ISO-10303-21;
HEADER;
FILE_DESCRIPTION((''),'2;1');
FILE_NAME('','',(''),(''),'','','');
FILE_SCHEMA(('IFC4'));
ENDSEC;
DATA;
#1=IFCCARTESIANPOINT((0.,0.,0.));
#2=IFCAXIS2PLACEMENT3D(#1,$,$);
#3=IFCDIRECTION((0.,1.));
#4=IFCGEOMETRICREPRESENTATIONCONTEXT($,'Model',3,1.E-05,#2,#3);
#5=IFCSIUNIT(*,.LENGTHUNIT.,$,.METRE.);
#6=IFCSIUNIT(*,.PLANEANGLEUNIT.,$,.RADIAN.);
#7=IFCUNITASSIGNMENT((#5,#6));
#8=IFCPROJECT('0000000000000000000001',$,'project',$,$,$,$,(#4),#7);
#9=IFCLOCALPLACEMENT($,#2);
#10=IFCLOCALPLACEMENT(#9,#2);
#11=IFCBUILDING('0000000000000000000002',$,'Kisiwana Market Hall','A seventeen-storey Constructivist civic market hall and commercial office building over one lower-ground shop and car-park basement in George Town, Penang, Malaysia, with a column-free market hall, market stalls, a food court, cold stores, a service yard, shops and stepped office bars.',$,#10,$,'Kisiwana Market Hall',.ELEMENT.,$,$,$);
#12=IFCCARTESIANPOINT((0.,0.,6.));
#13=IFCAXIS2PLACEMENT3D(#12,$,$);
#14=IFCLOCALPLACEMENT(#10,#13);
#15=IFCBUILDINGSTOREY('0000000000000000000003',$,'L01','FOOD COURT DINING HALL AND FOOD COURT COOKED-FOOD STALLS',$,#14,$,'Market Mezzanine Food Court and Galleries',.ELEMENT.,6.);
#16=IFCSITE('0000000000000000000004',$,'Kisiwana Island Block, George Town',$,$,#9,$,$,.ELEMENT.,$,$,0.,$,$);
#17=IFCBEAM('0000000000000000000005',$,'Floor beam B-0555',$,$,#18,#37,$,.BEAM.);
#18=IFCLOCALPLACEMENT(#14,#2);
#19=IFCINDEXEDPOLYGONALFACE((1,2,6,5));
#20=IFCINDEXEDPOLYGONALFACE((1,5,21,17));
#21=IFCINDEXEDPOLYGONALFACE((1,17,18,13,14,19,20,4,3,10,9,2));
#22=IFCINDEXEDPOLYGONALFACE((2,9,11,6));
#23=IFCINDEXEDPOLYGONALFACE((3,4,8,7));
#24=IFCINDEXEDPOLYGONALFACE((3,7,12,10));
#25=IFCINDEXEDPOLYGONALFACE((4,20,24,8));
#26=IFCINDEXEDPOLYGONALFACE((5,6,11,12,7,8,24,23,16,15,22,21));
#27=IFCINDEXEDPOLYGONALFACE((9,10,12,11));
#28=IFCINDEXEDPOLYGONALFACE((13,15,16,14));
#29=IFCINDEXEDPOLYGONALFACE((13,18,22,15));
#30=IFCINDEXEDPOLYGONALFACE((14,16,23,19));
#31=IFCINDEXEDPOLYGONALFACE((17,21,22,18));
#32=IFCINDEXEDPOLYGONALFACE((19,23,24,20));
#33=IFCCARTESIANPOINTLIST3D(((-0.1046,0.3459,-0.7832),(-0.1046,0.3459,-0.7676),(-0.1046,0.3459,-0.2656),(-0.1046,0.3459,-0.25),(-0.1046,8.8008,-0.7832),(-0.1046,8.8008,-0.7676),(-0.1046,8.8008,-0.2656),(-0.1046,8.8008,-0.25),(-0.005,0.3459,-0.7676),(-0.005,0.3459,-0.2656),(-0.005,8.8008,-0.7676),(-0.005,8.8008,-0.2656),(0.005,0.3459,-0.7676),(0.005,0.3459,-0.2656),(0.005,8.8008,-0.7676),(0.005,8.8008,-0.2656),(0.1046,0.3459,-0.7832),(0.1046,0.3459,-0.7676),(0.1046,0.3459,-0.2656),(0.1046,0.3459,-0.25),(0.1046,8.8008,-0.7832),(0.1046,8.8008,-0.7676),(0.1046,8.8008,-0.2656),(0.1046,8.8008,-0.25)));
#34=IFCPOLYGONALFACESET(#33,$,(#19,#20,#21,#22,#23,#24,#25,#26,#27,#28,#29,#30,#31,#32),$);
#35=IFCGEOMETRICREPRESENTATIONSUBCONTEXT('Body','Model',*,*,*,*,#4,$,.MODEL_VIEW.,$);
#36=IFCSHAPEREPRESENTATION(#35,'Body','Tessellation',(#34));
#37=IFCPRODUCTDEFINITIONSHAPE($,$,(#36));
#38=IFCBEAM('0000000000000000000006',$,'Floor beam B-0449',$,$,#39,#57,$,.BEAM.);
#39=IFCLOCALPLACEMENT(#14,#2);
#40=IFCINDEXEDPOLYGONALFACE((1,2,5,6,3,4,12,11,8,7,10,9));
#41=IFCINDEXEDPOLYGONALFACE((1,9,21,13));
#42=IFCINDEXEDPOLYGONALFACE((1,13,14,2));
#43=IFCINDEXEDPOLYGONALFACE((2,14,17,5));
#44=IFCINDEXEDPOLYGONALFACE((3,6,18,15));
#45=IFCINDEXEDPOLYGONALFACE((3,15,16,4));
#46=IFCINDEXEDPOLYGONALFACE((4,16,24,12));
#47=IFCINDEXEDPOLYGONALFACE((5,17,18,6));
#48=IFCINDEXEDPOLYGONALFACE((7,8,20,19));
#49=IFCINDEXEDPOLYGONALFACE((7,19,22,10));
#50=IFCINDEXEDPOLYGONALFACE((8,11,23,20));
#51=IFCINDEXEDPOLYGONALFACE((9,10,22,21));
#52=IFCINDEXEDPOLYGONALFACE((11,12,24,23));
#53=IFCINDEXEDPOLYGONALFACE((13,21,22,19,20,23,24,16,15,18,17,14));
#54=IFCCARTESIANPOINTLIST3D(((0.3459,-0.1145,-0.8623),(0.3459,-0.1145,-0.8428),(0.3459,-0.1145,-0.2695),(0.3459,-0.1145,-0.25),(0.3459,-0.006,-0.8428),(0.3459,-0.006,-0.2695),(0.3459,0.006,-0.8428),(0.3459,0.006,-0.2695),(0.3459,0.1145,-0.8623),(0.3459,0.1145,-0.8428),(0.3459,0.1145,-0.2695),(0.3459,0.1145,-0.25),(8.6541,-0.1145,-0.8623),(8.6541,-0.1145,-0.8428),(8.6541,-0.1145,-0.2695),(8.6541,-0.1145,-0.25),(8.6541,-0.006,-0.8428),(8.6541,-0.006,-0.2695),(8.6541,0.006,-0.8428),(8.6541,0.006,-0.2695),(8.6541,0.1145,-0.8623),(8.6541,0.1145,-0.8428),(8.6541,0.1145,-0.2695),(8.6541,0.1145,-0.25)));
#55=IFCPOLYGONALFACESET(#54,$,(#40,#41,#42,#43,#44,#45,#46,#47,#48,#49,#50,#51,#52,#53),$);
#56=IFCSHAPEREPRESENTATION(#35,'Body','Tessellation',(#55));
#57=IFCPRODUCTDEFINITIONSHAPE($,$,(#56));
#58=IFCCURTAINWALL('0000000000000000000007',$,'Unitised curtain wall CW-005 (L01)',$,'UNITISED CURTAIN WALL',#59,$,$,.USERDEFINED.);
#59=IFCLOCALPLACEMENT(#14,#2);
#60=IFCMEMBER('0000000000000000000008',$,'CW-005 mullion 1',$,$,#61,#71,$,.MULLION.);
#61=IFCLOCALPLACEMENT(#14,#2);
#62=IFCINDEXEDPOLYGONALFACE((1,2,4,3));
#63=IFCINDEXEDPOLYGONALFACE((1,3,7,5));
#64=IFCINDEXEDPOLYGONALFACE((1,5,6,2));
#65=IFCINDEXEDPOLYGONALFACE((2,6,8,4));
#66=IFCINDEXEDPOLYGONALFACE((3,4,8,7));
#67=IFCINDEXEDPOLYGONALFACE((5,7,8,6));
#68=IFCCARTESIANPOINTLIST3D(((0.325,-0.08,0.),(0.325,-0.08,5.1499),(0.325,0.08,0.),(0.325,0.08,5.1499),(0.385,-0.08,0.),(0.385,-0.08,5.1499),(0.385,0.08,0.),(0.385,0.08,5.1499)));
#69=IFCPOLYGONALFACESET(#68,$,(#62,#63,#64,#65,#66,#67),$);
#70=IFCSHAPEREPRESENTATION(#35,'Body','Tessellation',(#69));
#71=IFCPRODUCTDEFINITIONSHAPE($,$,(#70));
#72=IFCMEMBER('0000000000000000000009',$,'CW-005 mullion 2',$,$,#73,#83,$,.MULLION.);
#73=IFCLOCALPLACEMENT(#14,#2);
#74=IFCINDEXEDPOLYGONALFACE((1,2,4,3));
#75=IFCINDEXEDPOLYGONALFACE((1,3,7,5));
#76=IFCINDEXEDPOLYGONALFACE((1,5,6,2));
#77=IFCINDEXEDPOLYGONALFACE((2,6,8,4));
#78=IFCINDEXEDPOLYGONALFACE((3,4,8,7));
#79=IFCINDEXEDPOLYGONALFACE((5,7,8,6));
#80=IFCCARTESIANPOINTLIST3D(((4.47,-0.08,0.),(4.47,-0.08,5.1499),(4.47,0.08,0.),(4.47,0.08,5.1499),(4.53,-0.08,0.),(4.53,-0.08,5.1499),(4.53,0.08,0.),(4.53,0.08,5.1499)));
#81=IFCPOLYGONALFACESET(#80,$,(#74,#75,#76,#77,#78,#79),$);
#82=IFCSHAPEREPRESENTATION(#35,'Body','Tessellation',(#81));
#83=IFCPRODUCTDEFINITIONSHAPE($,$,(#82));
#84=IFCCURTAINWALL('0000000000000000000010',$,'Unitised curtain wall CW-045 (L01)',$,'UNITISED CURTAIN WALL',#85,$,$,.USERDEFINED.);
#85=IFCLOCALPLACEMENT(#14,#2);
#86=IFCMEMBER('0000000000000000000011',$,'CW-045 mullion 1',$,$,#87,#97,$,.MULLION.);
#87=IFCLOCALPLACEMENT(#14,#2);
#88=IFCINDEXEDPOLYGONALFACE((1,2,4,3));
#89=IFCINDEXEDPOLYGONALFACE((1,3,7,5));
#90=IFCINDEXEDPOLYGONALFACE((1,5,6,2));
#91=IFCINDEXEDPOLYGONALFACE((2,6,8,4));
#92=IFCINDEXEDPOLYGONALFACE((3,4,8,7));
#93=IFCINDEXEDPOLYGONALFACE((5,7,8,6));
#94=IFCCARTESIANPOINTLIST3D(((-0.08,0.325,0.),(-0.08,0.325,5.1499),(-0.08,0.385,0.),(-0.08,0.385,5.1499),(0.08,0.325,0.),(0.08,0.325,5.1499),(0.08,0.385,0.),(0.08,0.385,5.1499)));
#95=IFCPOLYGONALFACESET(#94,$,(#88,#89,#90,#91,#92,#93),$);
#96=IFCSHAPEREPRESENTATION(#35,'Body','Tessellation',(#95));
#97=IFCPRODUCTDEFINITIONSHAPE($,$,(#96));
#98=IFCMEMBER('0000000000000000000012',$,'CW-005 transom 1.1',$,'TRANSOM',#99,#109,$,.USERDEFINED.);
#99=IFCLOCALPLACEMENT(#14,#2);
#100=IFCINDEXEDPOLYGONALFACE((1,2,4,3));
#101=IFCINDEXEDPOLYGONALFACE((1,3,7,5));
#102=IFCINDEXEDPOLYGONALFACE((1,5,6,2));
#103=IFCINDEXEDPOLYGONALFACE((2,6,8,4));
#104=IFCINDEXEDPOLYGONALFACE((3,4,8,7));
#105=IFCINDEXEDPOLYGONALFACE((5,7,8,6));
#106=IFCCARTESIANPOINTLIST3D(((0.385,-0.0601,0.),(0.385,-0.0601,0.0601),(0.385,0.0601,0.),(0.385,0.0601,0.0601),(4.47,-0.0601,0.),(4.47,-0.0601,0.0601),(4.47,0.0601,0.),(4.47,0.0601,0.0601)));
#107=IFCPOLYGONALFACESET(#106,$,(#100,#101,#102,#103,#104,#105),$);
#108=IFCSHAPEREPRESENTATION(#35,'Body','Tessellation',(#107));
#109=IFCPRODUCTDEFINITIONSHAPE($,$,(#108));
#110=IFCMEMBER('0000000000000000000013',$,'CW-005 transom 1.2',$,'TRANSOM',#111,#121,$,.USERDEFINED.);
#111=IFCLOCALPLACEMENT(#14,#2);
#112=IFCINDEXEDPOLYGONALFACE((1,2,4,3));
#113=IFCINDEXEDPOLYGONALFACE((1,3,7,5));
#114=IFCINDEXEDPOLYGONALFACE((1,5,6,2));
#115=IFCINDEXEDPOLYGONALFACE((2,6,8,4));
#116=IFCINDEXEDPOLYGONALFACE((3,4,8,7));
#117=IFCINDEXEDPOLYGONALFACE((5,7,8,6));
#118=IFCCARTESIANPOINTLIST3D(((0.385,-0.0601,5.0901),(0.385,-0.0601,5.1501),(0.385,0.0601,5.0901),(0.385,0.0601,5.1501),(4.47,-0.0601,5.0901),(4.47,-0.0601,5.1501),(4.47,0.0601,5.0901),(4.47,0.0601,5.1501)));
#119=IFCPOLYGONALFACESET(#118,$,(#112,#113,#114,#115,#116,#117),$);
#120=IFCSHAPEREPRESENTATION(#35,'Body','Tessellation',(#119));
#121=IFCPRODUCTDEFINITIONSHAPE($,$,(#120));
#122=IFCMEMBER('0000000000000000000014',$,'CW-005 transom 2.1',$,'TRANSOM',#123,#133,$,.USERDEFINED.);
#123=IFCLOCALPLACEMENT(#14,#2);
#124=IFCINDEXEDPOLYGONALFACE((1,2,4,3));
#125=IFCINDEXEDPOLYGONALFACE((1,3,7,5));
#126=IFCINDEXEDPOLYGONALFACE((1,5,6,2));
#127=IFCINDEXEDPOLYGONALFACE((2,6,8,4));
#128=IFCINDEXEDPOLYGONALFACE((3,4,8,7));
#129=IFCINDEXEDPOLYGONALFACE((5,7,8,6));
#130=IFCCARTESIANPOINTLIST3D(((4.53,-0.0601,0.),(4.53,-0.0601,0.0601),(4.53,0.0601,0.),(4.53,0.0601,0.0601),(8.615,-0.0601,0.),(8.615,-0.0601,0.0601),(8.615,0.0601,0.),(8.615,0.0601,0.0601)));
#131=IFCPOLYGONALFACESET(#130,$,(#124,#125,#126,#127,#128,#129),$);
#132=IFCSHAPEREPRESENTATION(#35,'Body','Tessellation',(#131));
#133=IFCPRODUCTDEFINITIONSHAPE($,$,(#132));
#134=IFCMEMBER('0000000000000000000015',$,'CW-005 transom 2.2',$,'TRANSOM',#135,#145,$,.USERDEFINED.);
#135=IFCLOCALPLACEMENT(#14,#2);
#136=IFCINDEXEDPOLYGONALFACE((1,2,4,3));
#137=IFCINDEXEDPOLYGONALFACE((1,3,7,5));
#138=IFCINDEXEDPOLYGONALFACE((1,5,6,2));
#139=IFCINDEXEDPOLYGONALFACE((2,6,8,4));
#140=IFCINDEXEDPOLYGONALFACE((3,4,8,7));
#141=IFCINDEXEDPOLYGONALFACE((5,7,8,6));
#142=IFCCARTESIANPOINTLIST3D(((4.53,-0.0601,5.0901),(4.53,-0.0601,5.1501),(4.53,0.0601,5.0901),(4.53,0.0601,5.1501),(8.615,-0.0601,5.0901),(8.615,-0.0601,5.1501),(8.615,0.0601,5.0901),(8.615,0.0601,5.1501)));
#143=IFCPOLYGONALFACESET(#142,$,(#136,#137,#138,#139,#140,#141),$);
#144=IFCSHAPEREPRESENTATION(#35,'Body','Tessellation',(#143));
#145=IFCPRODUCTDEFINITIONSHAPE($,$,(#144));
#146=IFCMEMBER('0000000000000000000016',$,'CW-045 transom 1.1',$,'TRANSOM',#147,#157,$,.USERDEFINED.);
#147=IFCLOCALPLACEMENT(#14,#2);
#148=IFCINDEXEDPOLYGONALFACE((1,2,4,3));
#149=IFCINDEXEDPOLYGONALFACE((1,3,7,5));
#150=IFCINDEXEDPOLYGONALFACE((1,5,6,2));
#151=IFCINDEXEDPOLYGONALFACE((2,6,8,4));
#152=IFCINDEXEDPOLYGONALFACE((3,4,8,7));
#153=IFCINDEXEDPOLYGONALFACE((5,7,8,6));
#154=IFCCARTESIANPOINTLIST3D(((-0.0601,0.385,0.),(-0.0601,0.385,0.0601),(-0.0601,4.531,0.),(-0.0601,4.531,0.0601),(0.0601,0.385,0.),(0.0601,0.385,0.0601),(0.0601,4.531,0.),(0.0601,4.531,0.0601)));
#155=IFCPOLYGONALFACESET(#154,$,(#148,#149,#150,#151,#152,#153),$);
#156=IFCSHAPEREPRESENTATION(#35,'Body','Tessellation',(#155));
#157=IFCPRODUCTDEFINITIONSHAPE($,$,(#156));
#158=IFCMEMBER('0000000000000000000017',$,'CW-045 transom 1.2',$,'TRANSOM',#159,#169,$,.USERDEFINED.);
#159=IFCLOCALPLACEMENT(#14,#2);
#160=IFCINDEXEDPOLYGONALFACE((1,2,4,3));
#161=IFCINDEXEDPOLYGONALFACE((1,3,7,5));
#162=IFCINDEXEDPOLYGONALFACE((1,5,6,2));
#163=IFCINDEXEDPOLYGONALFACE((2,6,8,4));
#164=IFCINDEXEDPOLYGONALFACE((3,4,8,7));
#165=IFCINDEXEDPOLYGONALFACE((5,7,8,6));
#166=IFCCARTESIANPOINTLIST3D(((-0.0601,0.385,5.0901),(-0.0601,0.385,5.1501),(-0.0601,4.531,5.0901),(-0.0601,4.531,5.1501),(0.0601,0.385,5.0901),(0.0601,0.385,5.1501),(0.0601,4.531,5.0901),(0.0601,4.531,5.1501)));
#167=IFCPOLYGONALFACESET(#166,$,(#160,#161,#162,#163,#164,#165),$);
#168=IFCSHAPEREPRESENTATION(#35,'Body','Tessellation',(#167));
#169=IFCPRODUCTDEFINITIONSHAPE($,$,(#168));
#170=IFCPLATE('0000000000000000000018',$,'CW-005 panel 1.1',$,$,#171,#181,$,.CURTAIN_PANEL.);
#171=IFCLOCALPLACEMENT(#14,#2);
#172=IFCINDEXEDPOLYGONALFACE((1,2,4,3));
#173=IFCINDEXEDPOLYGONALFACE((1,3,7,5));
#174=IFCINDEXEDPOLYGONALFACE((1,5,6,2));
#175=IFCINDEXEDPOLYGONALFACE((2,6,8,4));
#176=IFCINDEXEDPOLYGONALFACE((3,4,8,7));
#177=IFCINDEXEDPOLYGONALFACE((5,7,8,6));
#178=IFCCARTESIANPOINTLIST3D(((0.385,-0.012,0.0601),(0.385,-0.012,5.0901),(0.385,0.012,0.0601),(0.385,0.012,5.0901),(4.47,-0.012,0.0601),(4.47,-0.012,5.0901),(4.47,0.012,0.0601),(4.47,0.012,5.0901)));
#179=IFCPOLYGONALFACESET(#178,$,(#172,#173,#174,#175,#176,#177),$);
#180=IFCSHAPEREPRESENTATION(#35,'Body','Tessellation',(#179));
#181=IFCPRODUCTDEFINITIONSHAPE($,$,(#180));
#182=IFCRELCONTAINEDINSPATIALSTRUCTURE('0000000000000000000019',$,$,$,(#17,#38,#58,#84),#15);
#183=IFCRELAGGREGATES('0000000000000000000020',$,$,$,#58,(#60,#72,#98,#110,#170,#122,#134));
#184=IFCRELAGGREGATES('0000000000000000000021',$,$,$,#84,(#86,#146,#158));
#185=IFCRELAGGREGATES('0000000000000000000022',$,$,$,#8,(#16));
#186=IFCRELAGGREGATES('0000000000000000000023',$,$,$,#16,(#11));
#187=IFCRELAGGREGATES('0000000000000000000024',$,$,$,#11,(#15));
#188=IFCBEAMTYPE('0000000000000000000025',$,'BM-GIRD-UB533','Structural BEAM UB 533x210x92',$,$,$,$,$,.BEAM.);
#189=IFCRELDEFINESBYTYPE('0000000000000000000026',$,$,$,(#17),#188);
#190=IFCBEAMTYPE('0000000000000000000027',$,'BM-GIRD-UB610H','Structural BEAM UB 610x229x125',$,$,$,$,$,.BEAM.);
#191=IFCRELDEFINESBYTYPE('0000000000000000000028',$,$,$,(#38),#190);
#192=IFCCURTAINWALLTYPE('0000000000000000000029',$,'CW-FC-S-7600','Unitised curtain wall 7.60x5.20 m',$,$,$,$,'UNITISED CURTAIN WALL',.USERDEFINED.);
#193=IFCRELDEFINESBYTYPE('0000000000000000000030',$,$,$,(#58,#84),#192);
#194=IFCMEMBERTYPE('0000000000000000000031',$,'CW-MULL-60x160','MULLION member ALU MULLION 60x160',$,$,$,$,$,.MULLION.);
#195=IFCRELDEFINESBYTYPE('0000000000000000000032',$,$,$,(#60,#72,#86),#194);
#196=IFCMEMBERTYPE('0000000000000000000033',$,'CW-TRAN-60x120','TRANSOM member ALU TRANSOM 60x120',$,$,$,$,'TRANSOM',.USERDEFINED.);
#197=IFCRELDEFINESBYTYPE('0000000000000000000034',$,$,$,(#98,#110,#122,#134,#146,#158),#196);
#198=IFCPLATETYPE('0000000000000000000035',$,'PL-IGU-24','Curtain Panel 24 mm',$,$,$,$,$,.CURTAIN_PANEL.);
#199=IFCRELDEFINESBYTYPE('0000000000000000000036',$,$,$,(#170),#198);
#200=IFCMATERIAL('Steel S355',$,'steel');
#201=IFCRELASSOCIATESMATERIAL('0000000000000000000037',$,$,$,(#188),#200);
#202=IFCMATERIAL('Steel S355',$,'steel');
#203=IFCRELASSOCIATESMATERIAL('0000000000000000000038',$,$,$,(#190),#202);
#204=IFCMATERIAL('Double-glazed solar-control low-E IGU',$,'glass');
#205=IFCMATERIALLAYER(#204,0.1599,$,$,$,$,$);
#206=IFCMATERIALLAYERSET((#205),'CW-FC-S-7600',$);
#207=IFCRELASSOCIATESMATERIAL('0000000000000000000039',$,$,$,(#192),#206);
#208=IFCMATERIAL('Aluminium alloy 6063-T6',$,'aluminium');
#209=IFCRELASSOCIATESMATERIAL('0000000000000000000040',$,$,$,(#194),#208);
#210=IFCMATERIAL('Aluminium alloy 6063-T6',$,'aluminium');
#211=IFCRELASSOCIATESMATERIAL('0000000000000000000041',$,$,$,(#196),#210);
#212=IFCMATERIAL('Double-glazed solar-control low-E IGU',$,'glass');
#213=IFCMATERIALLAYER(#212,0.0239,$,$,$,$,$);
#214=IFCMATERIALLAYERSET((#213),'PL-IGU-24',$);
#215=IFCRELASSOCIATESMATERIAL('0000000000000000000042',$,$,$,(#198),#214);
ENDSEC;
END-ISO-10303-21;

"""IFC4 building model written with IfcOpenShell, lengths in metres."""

from ifc_helpers import new_model, si_unit, direction, frame, origin, origin_2d, place, context, subcontext, project, spatial, rectangle, i_section, extrude, material, layer, layer_set, material_profile, profile_set, type_object, element, aggregate, save


model = new_model("IFC4")

# Units and contexts
model_context = context("Model", 3, precision=1e-05, world=origin(), true_north=direction((0.0, 1.0)))
body_context = subcontext(model_context, "Body", "Model", "MODEL_VIEW")
ifc_project = project(units=[si_unit("LENGTHUNIT", "METRE"), si_unit("PLANEANGLEUNIT", "RADIAN")], contexts=[model_context])

# Site, building, storey
site_placement = place(None, origin())
site = spatial("IfcSite", under=ifc_project, at=site_placement, Name="Kisiwana Island Block, George Town", CompositionType="ELEMENT", RefElevation=0.0)
building_placement = place(site_placement, origin())
building = spatial("IfcBuilding", under=site, at=building_placement, Name="Kisiwana Market Hall", Description="A seventeen-storey Constructivist civic market hall and commercial office building over one lower-ground shop and car-park basement in George Town, Penang, Malaysia, with a column-free market hall, market stalls, a food court, cold stores, a service yard, shops and stepped office bars.", LongName="Kisiwana Market Hall", CompositionType="ELEMENT")
storey_placement = place(building_placement, frame((0.0, 0.0, 6.0)))
storey = spatial("IfcBuildingStorey", under=building, at=storey_placement, Name="L01", Description="FOOD COURT DINING HALL AND FOOD COURT COOKED-FOOD STALLS", LongName="Market Mezzanine Food Court and Galleries", CompositionType="ELEMENT", Elevation=6.0)

# Beams
ifc_material_1 = material(Name="Steel S355", Category="steel")
ifc_material_profile_1 = material_profile(ifc_material_1, i_section(OverallWidth=0.2092, OverallDepth=0.5332, WebThickness=0.01, FlangeThickness=0.0156, at=origin_2d()), Name="UB 533x210x92")
ifc_profile_set_1 = profile_set([ifc_material_profile_1], Name="Steel S355")
beam_type_1 = type_object("IfcBeamType", Name="BM-GIRD-UB533", Description="Structural BEAM UB 533x210x92", PredefinedType="BEAM", material=ifc_profile_set_1)
beam_1_placement = place(storey_placement, frame((0.0, 0.3459, -0.5166), z_axis=(0.0, 1.0, 0.0), x_axis=(-1.0, 0.0, 0.0)))
element("IfcBeam", 1, at=beam_1_placement, inside=storey, type_object=beam_type_1, Name="Floor beam B-0555", PredefinedType="BEAM", context=body_context, shape_type="SweptSolid", body=[
    extrude(i_section(OverallWidth=0.2092, OverallDepth=0.5332, WebThickness=0.01, FlangeThickness=0.0156, at=origin_2d()), origin(), (0.0, 0.0, 1.0), 8.4548),
])
ifc_material_2 = material(Name="Steel S355", Category="steel")
ifc_material_profile_2 = material_profile(ifc_material_2, i_section(OverallWidth=0.229, OverallDepth=0.6123, WebThickness=0.012, FlangeThickness=0.0195, at=origin_2d()), Name="UB 610x229x125")
ifc_profile_set_2 = profile_set([ifc_material_profile_2], Name="Steel S355")
beam_type_2 = type_object("IfcBeamType", Name="BM-GIRD-UB610H", Description="Structural BEAM UB 610x229x125", PredefinedType="BEAM", material=ifc_profile_set_2)
beam_2_placement = place(storey_placement, frame((0.3459, 0.0, -0.5562), z_axis=(1.0, 0.0, 0.0), x_axis=(0.0, 1.0, 0.0)))
element("IfcBeam", 2, at=beam_2_placement, inside=storey, type_object=beam_type_2, Name="Floor beam B-0449", PredefinedType="BEAM", context=body_context, shape_type="SweptSolid", body=[
    extrude(i_section(OverallWidth=0.229, OverallDepth=0.6123, WebThickness=0.012, FlangeThickness=0.0195, at=origin_2d()), origin(), (0.0, 0.0, 1.0), 8.3081),
])

# Curtain wall, members
ifc_material_3 = material(Name="Double-glazed solar-control low-E IGU", Category="glass")
ifc_layer_1 = layer(ifc_material_3, 0.1599)
ifc_layer_set_1 = layer_set([ifc_layer_1], Name="CW-FC-S-7600")
curtain_wall_type = type_object("IfcCurtainWallType", Name="CW-FC-S-7600", Description="Unitised curtain wall 7.60x5.20 m", ElementType="UNITISED CURTAIN WALL", PredefinedType="USERDEFINED", material=ifc_layer_set_1)
curtain_wall_1_placement = place(storey_placement, origin())
curtain_wall_1 = element("IfcCurtainWall", 3, at=curtain_wall_1_placement, inside=storey, type_object=curtain_wall_type, Name="Unitised curtain wall CW-005 (L01)", ObjectType="UNITISED CURTAIN WALL", PredefinedType="USERDEFINED")
ifc_material_4 = material(Name="Aluminium alloy 6063-T6", Category="aluminium")
ifc_material_profile_3 = material_profile(ifc_material_4, rectangle(XDim=0.0601, YDim=0.1599, at=origin_2d()), Name="ALU MULLION 60x160")
ifc_profile_set_3 = profile_set([ifc_material_profile_3], Name="Aluminium alloy 6063-T6")
member_type_1 = type_object("IfcMemberType", Name="CW-MULL-60x160", Description="MULLION member ALU MULLION 60x160", PredefinedType="MULLION", material=ifc_profile_set_3)
member_1_placement = place(storey_placement, frame((0.355, 0.0, 0.0), z_axis=(0.0, 0.0, 1.0), x_axis=(1.0, 0.0, 0.0)))
member_1 = element("IfcMember", 4, at=member_1_placement, type_object=member_type_1, Name="CW-005 mullion 1", PredefinedType="MULLION", context=body_context, shape_type="SweptSolid", body=[
    extrude(rectangle(XDim=0.0601, YDim=0.1599, at=origin_2d()), origin(), (0.0, 0.0, 1.0), 5.1499),
])
member_2_placement = place(storey_placement, frame((4.5, 0.0, 0.0), z_axis=(0.0, 0.0, 1.0), x_axis=(1.0, 0.0, 0.0)))
member_2 = element("IfcMember", 5, at=member_2_placement, type_object=member_type_1, Name="CW-005 mullion 2", PredefinedType="MULLION", context=body_context, shape_type="SweptSolid", body=[
    extrude(rectangle(XDim=0.0601, YDim=0.1599, at=origin_2d()), origin(), (0.0, 0.0, 1.0), 5.1499),
])

# Curtain wall, member
curtain_wall_2_placement = place(storey_placement, origin())
curtain_wall_2 = element("IfcCurtainWall", 6, at=curtain_wall_2_placement, inside=storey, type_object=curtain_wall_type, Name="Unitised curtain wall CW-045 (L01)", ObjectType="UNITISED CURTAIN WALL", PredefinedType="USERDEFINED")
member_3_placement = place(storey_placement, frame((0.0, 0.355, 0.0), z_axis=(0.0, 0.0, 1.0), x_axis=(0.0, 1.0, 0.0)))
member_3 = element("IfcMember", 7, at=member_3_placement, type_object=member_type_1, Name="CW-045 mullion 1", PredefinedType="MULLION", context=body_context, shape_type="SweptSolid", body=[
    extrude(rectangle(XDim=0.0601, YDim=0.1599, at=origin_2d()), origin(), (0.0, 0.0, 1.0), 5.1499),
])

# Members
ifc_material_5 = material(Name="Aluminium alloy 6063-T6", Category="aluminium")
ifc_material_profile_4 = material_profile(ifc_material_5, rectangle(XDim=0.1201, YDim=0.0601, at=origin_2d()), Name="ALU TRANSOM 60x120")
ifc_profile_set_4 = profile_set([ifc_material_profile_4], Name="Aluminium alloy 6063-T6")
member_type_2 = type_object("IfcMemberType", Name="CW-TRAN-60x120", Description="TRANSOM member ALU TRANSOM 60x120", ElementType="TRANSOM", PredefinedType="USERDEFINED", material=ifc_profile_set_4)
member_4_placement = place(storey_placement, frame((0.385, 0.0, 0.03), z_axis=(1.0, 0.0, 0.0), x_axis=(0.0, 1.0, 0.0)))
member_4 = element("IfcMember", 8, at=member_4_placement, type_object=member_type_2, Name="CW-005 transom 1.1", ObjectType="TRANSOM", PredefinedType="USERDEFINED", context=body_context, shape_type="SweptSolid", body=[
    extrude(rectangle(XDim=0.1201, YDim=0.0601, at=origin_2d()), origin(), (0.0, 0.0, 1.0), 4.085),
])
member_5_placement = place(storey_placement, frame((0.385, 0.0, 5.1201), z_axis=(1.0, 0.0, 0.0), x_axis=(0.0, 1.0, 0.0)))
member_5 = element("IfcMember", 9, at=member_5_placement, type_object=member_type_2, Name="CW-005 transom 1.2", ObjectType="TRANSOM", PredefinedType="USERDEFINED", context=body_context, shape_type="SweptSolid", body=[
    extrude(rectangle(XDim=0.1201, YDim=0.0601, at=origin_2d()), origin(), (0.0, 0.0, 1.0), 4.085),
])
member_6_placement = place(storey_placement, frame((4.53, 0.0, 0.03), z_axis=(1.0, 0.0, 0.0), x_axis=(0.0, 1.0, 0.0)))
member_6 = element("IfcMember", 10, at=member_6_placement, type_object=member_type_2, Name="CW-005 transom 2.1", ObjectType="TRANSOM", PredefinedType="USERDEFINED", context=body_context, shape_type="SweptSolid", body=[
    extrude(rectangle(XDim=0.1201, YDim=0.0601, at=origin_2d()), origin(), (0.0, 0.0, 1.0), 4.085),
])
member_7_placement = place(storey_placement, frame((4.53, 0.0, 5.1201), z_axis=(1.0, 0.0, 0.0), x_axis=(0.0, 1.0, 0.0)))
member_7 = element("IfcMember", 11, at=member_7_placement, type_object=member_type_2, Name="CW-005 transom 2.2", ObjectType="TRANSOM", PredefinedType="USERDEFINED", context=body_context, shape_type="SweptSolid", body=[
    extrude(rectangle(XDim=0.1201, YDim=0.0601, at=origin_2d()), origin(), (0.0, 0.0, 1.0), 4.085),
])
member_8_placement = place(storey_placement, frame((0.0, 0.385, 0.03), z_axis=(0.0, 1.0, 0.0), x_axis=(-1.0, 0.0, 0.0)))
member_8 = element("IfcMember", 12, at=member_8_placement, type_object=member_type_2, Name="CW-045 transom 1.1", ObjectType="TRANSOM", PredefinedType="USERDEFINED", context=body_context, shape_type="SweptSolid", body=[
    extrude(rectangle(XDim=0.1201, YDim=0.0601, at=origin_2d()), origin(), (0.0, 0.0, 1.0), 4.146),
])
member_9_placement = place(storey_placement, frame((0.0, 0.385, 5.1201), z_axis=(0.0, 1.0, 0.0), x_axis=(-1.0, 0.0, 0.0)))
member_9 = element("IfcMember", 13, at=member_9_placement, type_object=member_type_2, Name="CW-045 transom 1.2", ObjectType="TRANSOM", PredefinedType="USERDEFINED", context=body_context, shape_type="SweptSolid", body=[
    extrude(rectangle(XDim=0.1201, YDim=0.0601, at=origin_2d()), origin(), (0.0, 0.0, 1.0), 4.146),
])

# Plate
ifc_material_6 = material(Name="Double-glazed solar-control low-E IGU", Category="glass")
ifc_layer_2 = layer(ifc_material_6, 0.0239)
ifc_layer_set_2 = layer_set([ifc_layer_2], Name="PL-IGU-24")
plate_type = type_object("IfcPlateType", Name="PL-IGU-24", Description="Curtain Panel 24 mm", PredefinedType="CURTAIN_PANEL", material=ifc_layer_set_2)
plate_1_placement = place(storey_placement, frame((2.4275, 0.0, 0.0601), z_axis=(0.0, 0.0, 1.0), x_axis=(1.0, 0.0, 0.0)))
plate_1 = element("IfcPlate", 14, at=plate_1_placement, type_object=plate_type, Name="CW-005 panel 1.1", PredefinedType="CURTAIN_PANEL", context=body_context, shape_type="SweptSolid", body=[
    extrude(rectangle(XDim=4.085, YDim=0.0239, at=origin_2d()), origin(), (0.0, 0.0, 1.0), 5.03),
])
aggregate(curtain_wall_1, [member_1, member_2, member_4, member_5, plate_1, member_6, member_7])
aggregate(curtain_wall_2, [member_3, member_8, member_9])

save(model, "model.ifc")
